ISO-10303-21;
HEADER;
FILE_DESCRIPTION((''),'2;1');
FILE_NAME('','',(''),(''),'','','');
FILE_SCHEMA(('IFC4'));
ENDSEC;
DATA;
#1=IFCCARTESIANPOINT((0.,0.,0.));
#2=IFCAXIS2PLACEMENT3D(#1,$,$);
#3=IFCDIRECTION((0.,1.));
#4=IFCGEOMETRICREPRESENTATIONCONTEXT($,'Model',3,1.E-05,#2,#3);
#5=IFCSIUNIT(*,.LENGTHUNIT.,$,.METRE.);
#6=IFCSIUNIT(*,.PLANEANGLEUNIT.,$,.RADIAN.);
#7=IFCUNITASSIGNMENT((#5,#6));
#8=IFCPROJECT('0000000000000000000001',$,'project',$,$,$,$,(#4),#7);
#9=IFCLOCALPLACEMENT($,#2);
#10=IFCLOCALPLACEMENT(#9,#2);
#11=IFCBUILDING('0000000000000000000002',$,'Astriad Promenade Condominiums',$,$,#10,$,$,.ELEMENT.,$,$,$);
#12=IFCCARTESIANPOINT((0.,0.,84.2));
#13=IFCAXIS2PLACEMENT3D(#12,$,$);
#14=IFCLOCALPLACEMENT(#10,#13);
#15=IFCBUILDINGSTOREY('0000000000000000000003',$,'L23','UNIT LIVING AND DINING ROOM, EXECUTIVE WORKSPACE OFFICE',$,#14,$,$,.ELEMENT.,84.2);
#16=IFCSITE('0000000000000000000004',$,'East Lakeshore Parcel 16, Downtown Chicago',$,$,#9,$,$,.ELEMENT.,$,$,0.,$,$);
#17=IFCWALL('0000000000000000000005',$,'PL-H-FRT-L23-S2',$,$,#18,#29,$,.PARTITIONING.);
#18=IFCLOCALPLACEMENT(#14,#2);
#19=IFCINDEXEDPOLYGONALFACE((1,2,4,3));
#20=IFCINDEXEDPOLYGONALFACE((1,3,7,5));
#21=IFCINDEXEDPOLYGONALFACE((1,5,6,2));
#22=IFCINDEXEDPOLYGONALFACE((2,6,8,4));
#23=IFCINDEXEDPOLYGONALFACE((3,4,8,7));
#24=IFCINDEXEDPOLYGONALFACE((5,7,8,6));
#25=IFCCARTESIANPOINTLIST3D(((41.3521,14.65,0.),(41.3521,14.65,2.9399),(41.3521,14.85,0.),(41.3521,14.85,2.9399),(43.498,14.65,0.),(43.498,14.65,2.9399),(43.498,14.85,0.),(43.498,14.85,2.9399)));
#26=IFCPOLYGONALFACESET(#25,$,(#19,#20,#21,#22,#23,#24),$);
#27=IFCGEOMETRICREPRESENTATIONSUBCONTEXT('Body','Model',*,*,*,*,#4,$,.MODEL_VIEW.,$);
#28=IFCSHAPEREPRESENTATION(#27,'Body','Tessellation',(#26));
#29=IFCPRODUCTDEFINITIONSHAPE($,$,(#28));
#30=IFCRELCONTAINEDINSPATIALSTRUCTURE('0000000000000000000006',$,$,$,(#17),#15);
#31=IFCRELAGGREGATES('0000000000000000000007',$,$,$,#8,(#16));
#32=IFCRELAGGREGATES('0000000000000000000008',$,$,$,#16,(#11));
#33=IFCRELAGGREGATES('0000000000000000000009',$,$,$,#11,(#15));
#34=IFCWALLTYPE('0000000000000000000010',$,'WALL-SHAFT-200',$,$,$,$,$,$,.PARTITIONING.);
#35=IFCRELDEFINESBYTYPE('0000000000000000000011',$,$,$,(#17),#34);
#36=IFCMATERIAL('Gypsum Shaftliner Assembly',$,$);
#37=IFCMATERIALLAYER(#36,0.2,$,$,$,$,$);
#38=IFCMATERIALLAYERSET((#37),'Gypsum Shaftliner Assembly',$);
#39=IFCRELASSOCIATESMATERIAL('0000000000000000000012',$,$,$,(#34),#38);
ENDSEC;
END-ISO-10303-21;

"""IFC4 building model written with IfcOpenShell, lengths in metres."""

from ifc_helpers import new_model, si_unit, direction, frame, frame_2d, origin, place, context, subcontext, project, spatial, rectangle, extrude, material, layer, layer_set, type_object, element, save


model = new_model("IFC4")

# Units and contexts
model_context = context("Model", 3, precision=1e-05, world=origin(), true_north=direction((0.0, 1.0)))
body_context = subcontext(model_context, "Body", "Model", "MODEL_VIEW")
ifc_project = project(units=[si_unit("LENGTHUNIT", "METRE"), si_unit("PLANEANGLEUNIT", "RADIAN")], contexts=[model_context])

# Site, building, storey
site_placement = place(None, origin())
site = spatial("IfcSite", under=ifc_project, at=site_placement, Name="East Lakeshore Parcel 16, Downtown Chicago", CompositionType="ELEMENT", RefElevation=0.0)
building_placement = place(site_placement, origin())
building = spatial("IfcBuilding", under=site, at=building_placement, Name="Astriad Promenade Condominiums", CompositionType="ELEMENT")
storey_placement = place(building_placement, frame((0.0, 0.0, 84.2)))
storey = spatial("IfcBuildingStorey", under=building, at=storey_placement, Name="L23", Description="UNIT LIVING AND DINING ROOM, EXECUTIVE WORKSPACE OFFICE", CompositionType="ELEMENT", Elevation=84.2)

# Wall
ifc_material_1 = material(Name="Gypsum Shaftliner Assembly")
ifc_layer_1 = layer(ifc_material_1, 0.2)
ifc_layer_set_1 = layer_set([ifc_layer_1], Name="Gypsum Shaftliner Assembly")
wall_type_1 = type_object("IfcWallType", Name="WALL-SHAFT-200", PredefinedType="PARTITIONING", material=ifc_layer_set_1)
for number, where, z_axis, x_axis, name in (
    (1, (41.3521, 14.75, 0.0), (0.0, 0.0, 1.0), (1.0, 0.0, 0.0), "PL-H-FRT-L23-S2"),
):
    element("IfcWall", number, at=place(storey_placement, frame(where, z_axis=z_axis, x_axis=x_axis)), inside=storey, type_object=wall_type_1, Name=name, PredefinedType="PARTITIONING", context=body_context, shape_type="SweptSolid", body=[
        extrude(rectangle(XDim=2.146, YDim=0.2, at=frame_2d((1.073, 0.0))), origin(), (0.0, 0.0, 1.0), 2.9399),
    ])

save(model, "model.ifc")
